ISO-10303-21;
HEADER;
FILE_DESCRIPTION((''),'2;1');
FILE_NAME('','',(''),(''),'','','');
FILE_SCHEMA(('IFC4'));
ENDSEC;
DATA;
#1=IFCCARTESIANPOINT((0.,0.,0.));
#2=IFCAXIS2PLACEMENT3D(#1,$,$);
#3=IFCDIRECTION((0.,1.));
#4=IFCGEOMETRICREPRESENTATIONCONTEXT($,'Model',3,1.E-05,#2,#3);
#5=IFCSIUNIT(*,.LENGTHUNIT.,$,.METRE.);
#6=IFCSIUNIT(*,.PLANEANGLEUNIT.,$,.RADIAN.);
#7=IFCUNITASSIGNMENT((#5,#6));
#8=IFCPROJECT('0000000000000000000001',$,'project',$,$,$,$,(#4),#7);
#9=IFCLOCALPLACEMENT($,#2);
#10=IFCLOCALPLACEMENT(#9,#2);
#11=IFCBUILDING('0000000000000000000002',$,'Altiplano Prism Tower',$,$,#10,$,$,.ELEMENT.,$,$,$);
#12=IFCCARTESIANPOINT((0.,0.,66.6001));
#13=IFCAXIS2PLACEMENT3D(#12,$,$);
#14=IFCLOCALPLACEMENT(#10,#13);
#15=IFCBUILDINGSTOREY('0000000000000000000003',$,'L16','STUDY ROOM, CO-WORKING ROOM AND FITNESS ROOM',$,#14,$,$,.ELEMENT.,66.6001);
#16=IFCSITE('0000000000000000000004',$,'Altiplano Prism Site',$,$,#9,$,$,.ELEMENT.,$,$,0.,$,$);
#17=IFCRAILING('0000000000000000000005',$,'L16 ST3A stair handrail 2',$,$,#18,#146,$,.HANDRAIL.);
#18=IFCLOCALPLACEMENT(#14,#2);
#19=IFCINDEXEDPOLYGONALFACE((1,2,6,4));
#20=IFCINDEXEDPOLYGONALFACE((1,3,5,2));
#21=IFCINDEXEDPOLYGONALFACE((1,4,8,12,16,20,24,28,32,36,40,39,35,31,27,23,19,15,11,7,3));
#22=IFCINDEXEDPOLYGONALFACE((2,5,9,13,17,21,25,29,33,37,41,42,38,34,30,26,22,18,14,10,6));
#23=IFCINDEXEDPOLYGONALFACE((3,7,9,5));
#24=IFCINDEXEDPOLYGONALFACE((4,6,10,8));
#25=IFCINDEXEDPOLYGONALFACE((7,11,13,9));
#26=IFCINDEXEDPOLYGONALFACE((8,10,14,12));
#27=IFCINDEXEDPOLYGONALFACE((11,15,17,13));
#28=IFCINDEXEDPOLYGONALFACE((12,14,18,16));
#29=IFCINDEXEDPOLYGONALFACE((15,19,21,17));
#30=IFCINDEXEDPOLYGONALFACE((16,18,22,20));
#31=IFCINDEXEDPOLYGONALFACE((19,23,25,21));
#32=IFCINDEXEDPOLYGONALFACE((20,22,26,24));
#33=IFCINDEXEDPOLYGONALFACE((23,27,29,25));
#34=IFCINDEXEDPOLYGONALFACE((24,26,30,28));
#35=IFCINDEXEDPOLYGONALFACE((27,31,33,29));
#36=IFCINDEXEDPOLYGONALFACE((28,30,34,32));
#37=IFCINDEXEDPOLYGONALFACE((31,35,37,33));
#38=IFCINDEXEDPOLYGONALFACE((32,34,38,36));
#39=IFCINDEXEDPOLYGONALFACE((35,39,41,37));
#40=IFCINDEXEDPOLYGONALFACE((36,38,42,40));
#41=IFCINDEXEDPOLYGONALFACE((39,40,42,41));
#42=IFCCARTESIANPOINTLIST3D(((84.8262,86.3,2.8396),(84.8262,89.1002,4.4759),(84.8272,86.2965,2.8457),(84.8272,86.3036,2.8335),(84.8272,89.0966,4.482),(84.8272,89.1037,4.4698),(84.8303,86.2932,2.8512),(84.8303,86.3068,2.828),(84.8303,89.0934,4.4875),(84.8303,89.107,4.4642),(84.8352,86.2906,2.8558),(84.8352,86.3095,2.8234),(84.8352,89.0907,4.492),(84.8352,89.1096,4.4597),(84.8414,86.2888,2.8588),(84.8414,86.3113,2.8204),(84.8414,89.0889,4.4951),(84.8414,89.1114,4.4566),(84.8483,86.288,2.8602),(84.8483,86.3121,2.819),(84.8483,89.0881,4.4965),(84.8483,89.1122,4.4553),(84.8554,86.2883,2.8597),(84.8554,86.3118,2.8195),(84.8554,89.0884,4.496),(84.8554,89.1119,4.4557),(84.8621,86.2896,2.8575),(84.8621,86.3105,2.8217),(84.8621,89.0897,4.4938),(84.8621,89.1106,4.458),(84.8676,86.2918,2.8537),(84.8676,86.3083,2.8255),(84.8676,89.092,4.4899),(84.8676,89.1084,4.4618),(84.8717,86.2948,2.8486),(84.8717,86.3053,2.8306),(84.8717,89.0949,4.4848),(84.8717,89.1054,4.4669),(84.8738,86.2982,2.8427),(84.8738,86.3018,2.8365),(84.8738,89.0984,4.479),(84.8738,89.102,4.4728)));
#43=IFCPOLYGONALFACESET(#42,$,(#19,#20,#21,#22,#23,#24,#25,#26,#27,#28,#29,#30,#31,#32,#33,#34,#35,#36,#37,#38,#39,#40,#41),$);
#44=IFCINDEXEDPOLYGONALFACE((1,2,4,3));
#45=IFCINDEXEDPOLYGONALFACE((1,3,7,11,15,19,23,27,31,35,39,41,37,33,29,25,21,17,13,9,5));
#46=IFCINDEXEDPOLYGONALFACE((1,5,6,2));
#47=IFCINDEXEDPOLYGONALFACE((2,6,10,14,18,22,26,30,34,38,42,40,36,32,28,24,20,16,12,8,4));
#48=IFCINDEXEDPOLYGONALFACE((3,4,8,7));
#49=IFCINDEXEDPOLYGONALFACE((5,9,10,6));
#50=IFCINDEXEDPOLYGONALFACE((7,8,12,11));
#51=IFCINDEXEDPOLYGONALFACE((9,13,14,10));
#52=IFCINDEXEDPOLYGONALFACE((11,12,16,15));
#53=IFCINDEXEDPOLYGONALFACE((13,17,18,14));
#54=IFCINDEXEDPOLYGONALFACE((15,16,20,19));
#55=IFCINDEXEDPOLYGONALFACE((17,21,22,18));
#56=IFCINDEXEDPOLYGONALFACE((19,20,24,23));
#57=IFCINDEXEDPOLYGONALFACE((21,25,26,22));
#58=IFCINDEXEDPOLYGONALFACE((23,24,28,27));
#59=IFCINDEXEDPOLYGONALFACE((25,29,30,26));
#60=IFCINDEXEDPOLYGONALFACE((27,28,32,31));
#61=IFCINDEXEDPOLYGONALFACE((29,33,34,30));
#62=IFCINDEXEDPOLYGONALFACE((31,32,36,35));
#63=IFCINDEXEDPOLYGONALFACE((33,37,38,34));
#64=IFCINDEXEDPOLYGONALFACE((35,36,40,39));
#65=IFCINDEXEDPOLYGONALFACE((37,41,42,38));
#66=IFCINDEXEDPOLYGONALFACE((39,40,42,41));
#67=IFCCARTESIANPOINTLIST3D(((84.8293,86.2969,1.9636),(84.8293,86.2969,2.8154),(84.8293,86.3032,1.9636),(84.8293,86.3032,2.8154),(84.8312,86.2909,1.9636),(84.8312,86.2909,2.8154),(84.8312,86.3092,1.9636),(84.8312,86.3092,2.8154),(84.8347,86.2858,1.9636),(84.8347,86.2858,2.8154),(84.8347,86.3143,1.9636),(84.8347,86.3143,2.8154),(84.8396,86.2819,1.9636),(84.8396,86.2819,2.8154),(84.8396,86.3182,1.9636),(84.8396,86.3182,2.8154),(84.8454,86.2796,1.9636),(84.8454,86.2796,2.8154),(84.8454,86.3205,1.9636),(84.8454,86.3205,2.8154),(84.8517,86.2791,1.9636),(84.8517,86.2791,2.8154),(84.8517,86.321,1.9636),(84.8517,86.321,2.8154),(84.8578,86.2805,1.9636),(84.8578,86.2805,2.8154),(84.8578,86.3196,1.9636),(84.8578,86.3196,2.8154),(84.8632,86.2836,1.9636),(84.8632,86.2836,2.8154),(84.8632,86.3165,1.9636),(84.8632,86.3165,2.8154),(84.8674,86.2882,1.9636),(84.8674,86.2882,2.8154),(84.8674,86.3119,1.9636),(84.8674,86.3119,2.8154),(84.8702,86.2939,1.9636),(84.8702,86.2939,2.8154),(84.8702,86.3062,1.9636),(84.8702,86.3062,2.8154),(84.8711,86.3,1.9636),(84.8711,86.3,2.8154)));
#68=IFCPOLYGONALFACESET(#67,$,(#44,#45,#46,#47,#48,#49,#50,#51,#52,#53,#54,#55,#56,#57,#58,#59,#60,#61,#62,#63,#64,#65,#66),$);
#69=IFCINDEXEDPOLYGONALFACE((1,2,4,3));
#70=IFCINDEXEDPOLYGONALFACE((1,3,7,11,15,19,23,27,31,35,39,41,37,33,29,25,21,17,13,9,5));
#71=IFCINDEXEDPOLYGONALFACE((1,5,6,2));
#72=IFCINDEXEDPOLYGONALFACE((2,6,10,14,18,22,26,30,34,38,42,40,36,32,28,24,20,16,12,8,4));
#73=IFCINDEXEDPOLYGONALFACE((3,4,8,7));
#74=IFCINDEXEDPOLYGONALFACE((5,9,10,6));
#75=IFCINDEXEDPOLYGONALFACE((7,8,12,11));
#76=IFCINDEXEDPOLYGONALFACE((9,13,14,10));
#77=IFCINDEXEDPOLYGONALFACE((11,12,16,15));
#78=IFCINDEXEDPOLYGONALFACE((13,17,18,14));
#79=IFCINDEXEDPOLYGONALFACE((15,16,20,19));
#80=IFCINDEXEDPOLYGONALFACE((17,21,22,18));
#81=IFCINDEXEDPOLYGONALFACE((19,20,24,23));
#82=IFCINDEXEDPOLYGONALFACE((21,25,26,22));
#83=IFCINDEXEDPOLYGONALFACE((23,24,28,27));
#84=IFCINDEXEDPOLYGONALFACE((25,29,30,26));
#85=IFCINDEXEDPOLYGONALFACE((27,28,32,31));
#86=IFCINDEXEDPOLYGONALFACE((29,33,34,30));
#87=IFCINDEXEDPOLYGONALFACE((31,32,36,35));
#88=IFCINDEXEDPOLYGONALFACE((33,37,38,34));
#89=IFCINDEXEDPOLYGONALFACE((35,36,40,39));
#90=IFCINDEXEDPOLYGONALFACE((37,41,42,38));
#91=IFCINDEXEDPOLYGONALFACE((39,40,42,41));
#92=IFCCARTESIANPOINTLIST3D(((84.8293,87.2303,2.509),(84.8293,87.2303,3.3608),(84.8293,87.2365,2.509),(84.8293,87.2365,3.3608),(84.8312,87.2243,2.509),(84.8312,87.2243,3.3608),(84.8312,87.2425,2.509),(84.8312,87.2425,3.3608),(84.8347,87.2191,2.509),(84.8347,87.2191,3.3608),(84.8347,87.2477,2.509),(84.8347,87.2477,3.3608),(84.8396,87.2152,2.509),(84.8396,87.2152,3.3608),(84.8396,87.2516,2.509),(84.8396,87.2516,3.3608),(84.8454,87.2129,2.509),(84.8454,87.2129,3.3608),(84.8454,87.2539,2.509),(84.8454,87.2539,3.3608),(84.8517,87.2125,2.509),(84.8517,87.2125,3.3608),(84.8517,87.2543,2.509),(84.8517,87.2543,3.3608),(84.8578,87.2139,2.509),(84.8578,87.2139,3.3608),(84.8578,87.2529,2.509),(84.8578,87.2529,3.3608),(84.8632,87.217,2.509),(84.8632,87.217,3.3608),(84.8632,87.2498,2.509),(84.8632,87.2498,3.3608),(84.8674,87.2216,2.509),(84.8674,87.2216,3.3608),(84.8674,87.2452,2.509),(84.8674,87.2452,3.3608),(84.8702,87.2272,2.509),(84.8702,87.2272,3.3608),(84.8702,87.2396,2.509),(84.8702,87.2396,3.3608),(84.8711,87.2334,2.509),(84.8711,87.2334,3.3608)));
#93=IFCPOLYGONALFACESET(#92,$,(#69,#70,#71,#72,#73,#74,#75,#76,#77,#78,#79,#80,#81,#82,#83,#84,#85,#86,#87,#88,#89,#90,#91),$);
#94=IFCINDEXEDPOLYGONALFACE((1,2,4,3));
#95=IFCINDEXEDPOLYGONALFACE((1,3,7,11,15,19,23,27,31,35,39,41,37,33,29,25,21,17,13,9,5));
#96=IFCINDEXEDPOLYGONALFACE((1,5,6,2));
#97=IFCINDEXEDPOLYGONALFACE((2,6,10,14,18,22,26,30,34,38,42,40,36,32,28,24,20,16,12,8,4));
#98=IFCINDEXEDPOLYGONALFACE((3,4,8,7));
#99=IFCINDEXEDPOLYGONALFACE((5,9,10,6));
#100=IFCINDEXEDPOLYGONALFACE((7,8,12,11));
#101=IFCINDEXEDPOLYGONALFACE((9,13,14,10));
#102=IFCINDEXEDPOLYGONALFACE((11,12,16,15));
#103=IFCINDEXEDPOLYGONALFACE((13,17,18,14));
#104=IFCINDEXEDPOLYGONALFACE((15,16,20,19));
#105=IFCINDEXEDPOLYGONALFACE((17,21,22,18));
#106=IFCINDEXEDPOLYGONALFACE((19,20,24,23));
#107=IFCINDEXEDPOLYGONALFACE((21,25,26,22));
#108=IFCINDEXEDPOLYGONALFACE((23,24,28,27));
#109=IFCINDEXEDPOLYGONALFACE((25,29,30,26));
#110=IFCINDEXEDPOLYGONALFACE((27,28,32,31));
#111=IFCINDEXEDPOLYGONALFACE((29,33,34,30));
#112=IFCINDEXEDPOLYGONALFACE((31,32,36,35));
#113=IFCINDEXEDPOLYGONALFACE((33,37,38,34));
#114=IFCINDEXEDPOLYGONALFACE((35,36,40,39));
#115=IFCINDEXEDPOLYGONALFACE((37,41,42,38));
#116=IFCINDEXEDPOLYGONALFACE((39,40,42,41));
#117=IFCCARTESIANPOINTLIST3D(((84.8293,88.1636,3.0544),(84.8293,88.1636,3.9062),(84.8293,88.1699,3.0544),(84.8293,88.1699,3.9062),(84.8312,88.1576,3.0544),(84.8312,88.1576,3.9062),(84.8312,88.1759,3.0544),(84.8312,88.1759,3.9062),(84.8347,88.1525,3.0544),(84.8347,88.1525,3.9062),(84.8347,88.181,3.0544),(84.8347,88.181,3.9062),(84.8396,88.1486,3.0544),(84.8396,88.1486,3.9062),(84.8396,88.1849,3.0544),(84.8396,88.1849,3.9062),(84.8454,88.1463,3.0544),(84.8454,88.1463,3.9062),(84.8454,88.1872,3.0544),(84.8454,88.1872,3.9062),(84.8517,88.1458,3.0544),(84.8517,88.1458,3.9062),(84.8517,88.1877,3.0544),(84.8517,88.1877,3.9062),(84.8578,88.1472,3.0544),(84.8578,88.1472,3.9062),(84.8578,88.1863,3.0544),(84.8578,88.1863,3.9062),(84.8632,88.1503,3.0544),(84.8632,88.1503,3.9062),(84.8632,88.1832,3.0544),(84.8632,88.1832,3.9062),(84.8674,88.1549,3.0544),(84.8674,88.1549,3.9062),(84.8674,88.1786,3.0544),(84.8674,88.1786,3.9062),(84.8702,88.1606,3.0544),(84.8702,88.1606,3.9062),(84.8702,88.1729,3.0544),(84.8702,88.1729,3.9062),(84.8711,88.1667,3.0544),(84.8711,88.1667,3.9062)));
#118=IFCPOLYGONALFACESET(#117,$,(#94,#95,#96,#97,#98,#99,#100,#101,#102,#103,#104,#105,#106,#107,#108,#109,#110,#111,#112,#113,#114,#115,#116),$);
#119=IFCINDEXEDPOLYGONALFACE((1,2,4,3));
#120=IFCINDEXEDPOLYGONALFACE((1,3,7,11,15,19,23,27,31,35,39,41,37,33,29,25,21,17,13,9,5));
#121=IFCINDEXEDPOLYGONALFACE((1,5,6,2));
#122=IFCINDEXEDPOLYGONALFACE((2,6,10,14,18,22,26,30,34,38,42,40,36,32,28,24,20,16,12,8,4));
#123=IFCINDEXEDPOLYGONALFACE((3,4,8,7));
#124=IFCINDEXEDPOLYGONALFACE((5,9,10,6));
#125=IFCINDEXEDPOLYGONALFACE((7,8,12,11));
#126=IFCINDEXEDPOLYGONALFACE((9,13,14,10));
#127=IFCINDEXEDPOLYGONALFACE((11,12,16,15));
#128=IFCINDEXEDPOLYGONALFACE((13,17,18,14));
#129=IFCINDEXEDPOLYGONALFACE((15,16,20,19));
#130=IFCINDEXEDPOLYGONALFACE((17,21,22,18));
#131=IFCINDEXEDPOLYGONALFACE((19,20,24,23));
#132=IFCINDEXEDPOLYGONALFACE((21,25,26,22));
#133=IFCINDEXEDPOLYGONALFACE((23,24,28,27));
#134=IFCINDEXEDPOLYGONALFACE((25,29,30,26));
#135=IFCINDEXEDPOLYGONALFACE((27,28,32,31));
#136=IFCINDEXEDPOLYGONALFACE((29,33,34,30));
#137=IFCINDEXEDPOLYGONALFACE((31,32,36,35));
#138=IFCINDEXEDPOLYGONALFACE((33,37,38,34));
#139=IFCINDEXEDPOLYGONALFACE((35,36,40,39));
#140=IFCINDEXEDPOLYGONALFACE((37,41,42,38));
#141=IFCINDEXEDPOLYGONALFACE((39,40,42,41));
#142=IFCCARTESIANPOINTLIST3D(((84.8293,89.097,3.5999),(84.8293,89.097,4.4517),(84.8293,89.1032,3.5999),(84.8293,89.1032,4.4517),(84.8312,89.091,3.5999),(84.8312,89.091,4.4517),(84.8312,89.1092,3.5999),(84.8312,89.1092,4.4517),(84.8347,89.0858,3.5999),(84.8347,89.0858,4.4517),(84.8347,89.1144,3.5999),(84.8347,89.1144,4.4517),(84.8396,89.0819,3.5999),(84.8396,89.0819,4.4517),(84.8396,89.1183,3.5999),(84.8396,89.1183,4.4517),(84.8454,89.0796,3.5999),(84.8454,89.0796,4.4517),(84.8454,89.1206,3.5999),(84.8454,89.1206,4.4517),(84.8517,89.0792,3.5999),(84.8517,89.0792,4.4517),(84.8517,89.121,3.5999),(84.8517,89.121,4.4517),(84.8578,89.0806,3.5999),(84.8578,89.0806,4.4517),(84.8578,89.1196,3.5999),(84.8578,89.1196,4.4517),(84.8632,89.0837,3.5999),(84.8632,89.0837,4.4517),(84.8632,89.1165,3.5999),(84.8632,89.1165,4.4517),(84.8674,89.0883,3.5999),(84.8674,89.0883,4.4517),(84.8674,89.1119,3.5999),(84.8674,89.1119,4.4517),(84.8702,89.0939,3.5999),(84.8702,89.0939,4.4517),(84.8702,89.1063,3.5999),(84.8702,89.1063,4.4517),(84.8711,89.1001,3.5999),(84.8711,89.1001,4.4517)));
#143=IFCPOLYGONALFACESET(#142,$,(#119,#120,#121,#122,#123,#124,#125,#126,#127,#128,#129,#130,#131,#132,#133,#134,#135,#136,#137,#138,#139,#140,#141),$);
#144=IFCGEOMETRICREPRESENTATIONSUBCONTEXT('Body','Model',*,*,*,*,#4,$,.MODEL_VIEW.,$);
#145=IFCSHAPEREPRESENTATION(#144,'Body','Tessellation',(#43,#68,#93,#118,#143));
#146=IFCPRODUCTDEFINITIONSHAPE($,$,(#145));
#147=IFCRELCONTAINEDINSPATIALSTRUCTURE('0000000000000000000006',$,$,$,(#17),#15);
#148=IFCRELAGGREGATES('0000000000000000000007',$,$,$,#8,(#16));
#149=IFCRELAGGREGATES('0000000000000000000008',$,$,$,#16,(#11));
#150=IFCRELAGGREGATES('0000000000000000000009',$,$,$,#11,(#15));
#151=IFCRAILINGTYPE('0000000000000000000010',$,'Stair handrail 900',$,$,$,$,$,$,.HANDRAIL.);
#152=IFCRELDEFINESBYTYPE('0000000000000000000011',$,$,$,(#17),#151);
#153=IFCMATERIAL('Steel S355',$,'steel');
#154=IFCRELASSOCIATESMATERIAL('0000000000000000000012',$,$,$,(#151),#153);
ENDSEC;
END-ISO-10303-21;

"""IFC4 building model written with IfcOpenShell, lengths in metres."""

from ifc_helpers import new_model, si_unit, direction, frame, origin, origin_2d, place, context, subcontext, project, spatial, circle, extrude, material, type_object, element, save


model = new_model("IFC4")

# Units and contexts
model_context = context("Model", 3, precision=1e-05, world=origin(), true_north=direction((0.0, 1.0)))
body_context = subcontext(model_context, "Body", "Model", "MODEL_VIEW")
ifc_project = project(units=[si_unit("LENGTHUNIT", "METRE"), si_unit("PLANEANGLEUNIT", "RADIAN")], contexts=[model_context])

# Site, building, storey
site_placement = place(None, origin())
site = spatial("IfcSite", under=ifc_project, at=site_placement, Name="Altiplano Prism Site", CompositionType="ELEMENT", RefElevation=0.0)
building_placement = place(site_placement, origin())
building = spatial("IfcBuilding", under=site, at=building_placement, Name="Altiplano Prism Tower", CompositionType="ELEMENT")
storey_placement = place(building_placement, frame((0.0, 0.0, 66.6001)))
storey = spatial("IfcBuildingStorey", under=building, at=storey_placement, Name="L16", Description="STUDY ROOM, CO-WORKING ROOM AND FITNESS ROOM", CompositionType="ELEMENT", Elevation=66.6001)

# Shared definitions
ifc_material_1 = material(Name="Steel S355", Category="steel")

# Railing
railing_type = type_object("IfcRailingType", Name="Stair handrail 900", PredefinedType="HANDRAIL", material=ifc_material_1)
railing_1_placement = place(storey_placement, frame((84.8501, 86.3, 1.9636)))
element("IfcRailing", 1, at=railing_1_placement, inside=storey, type_object=railing_type, Name="L16 ST3A stair handrail 2", PredefinedType="HANDRAIL", context=body_context, shape_type="SweptSolid", body=[
    extrude(circle(Radius=0.0239, at=origin_2d()), frame((0.0, 0.0, 0.876), z_axis=(0.0, 0.863394, 0.504531), x_axis=(-1.0, 0.0, 0.0)), (0.0, 0.0, 1.0), 3.2432),
    extrude(circle(Radius=0.021, at=origin_2d()), origin(), (0.0, 0.0, 1.0), 0.8518),
    extrude(circle(Radius=0.021, at=origin_2d()), frame((0.0, 0.9333, 0.5454)), (0.0, 0.0, 1.0), 0.8518),
    extrude(circle(Radius=0.021, at=origin_2d()), frame((0.0, 1.8667, 1.0908)), (0.0, 0.0, 1.0), 0.8518),
    extrude(circle(Radius=0.021, at=origin_2d()), frame((0.0, 2.8, 1.6362)), (0.0, 0.0, 1.0), 0.8518),
])

save(model, "model.ifc")
